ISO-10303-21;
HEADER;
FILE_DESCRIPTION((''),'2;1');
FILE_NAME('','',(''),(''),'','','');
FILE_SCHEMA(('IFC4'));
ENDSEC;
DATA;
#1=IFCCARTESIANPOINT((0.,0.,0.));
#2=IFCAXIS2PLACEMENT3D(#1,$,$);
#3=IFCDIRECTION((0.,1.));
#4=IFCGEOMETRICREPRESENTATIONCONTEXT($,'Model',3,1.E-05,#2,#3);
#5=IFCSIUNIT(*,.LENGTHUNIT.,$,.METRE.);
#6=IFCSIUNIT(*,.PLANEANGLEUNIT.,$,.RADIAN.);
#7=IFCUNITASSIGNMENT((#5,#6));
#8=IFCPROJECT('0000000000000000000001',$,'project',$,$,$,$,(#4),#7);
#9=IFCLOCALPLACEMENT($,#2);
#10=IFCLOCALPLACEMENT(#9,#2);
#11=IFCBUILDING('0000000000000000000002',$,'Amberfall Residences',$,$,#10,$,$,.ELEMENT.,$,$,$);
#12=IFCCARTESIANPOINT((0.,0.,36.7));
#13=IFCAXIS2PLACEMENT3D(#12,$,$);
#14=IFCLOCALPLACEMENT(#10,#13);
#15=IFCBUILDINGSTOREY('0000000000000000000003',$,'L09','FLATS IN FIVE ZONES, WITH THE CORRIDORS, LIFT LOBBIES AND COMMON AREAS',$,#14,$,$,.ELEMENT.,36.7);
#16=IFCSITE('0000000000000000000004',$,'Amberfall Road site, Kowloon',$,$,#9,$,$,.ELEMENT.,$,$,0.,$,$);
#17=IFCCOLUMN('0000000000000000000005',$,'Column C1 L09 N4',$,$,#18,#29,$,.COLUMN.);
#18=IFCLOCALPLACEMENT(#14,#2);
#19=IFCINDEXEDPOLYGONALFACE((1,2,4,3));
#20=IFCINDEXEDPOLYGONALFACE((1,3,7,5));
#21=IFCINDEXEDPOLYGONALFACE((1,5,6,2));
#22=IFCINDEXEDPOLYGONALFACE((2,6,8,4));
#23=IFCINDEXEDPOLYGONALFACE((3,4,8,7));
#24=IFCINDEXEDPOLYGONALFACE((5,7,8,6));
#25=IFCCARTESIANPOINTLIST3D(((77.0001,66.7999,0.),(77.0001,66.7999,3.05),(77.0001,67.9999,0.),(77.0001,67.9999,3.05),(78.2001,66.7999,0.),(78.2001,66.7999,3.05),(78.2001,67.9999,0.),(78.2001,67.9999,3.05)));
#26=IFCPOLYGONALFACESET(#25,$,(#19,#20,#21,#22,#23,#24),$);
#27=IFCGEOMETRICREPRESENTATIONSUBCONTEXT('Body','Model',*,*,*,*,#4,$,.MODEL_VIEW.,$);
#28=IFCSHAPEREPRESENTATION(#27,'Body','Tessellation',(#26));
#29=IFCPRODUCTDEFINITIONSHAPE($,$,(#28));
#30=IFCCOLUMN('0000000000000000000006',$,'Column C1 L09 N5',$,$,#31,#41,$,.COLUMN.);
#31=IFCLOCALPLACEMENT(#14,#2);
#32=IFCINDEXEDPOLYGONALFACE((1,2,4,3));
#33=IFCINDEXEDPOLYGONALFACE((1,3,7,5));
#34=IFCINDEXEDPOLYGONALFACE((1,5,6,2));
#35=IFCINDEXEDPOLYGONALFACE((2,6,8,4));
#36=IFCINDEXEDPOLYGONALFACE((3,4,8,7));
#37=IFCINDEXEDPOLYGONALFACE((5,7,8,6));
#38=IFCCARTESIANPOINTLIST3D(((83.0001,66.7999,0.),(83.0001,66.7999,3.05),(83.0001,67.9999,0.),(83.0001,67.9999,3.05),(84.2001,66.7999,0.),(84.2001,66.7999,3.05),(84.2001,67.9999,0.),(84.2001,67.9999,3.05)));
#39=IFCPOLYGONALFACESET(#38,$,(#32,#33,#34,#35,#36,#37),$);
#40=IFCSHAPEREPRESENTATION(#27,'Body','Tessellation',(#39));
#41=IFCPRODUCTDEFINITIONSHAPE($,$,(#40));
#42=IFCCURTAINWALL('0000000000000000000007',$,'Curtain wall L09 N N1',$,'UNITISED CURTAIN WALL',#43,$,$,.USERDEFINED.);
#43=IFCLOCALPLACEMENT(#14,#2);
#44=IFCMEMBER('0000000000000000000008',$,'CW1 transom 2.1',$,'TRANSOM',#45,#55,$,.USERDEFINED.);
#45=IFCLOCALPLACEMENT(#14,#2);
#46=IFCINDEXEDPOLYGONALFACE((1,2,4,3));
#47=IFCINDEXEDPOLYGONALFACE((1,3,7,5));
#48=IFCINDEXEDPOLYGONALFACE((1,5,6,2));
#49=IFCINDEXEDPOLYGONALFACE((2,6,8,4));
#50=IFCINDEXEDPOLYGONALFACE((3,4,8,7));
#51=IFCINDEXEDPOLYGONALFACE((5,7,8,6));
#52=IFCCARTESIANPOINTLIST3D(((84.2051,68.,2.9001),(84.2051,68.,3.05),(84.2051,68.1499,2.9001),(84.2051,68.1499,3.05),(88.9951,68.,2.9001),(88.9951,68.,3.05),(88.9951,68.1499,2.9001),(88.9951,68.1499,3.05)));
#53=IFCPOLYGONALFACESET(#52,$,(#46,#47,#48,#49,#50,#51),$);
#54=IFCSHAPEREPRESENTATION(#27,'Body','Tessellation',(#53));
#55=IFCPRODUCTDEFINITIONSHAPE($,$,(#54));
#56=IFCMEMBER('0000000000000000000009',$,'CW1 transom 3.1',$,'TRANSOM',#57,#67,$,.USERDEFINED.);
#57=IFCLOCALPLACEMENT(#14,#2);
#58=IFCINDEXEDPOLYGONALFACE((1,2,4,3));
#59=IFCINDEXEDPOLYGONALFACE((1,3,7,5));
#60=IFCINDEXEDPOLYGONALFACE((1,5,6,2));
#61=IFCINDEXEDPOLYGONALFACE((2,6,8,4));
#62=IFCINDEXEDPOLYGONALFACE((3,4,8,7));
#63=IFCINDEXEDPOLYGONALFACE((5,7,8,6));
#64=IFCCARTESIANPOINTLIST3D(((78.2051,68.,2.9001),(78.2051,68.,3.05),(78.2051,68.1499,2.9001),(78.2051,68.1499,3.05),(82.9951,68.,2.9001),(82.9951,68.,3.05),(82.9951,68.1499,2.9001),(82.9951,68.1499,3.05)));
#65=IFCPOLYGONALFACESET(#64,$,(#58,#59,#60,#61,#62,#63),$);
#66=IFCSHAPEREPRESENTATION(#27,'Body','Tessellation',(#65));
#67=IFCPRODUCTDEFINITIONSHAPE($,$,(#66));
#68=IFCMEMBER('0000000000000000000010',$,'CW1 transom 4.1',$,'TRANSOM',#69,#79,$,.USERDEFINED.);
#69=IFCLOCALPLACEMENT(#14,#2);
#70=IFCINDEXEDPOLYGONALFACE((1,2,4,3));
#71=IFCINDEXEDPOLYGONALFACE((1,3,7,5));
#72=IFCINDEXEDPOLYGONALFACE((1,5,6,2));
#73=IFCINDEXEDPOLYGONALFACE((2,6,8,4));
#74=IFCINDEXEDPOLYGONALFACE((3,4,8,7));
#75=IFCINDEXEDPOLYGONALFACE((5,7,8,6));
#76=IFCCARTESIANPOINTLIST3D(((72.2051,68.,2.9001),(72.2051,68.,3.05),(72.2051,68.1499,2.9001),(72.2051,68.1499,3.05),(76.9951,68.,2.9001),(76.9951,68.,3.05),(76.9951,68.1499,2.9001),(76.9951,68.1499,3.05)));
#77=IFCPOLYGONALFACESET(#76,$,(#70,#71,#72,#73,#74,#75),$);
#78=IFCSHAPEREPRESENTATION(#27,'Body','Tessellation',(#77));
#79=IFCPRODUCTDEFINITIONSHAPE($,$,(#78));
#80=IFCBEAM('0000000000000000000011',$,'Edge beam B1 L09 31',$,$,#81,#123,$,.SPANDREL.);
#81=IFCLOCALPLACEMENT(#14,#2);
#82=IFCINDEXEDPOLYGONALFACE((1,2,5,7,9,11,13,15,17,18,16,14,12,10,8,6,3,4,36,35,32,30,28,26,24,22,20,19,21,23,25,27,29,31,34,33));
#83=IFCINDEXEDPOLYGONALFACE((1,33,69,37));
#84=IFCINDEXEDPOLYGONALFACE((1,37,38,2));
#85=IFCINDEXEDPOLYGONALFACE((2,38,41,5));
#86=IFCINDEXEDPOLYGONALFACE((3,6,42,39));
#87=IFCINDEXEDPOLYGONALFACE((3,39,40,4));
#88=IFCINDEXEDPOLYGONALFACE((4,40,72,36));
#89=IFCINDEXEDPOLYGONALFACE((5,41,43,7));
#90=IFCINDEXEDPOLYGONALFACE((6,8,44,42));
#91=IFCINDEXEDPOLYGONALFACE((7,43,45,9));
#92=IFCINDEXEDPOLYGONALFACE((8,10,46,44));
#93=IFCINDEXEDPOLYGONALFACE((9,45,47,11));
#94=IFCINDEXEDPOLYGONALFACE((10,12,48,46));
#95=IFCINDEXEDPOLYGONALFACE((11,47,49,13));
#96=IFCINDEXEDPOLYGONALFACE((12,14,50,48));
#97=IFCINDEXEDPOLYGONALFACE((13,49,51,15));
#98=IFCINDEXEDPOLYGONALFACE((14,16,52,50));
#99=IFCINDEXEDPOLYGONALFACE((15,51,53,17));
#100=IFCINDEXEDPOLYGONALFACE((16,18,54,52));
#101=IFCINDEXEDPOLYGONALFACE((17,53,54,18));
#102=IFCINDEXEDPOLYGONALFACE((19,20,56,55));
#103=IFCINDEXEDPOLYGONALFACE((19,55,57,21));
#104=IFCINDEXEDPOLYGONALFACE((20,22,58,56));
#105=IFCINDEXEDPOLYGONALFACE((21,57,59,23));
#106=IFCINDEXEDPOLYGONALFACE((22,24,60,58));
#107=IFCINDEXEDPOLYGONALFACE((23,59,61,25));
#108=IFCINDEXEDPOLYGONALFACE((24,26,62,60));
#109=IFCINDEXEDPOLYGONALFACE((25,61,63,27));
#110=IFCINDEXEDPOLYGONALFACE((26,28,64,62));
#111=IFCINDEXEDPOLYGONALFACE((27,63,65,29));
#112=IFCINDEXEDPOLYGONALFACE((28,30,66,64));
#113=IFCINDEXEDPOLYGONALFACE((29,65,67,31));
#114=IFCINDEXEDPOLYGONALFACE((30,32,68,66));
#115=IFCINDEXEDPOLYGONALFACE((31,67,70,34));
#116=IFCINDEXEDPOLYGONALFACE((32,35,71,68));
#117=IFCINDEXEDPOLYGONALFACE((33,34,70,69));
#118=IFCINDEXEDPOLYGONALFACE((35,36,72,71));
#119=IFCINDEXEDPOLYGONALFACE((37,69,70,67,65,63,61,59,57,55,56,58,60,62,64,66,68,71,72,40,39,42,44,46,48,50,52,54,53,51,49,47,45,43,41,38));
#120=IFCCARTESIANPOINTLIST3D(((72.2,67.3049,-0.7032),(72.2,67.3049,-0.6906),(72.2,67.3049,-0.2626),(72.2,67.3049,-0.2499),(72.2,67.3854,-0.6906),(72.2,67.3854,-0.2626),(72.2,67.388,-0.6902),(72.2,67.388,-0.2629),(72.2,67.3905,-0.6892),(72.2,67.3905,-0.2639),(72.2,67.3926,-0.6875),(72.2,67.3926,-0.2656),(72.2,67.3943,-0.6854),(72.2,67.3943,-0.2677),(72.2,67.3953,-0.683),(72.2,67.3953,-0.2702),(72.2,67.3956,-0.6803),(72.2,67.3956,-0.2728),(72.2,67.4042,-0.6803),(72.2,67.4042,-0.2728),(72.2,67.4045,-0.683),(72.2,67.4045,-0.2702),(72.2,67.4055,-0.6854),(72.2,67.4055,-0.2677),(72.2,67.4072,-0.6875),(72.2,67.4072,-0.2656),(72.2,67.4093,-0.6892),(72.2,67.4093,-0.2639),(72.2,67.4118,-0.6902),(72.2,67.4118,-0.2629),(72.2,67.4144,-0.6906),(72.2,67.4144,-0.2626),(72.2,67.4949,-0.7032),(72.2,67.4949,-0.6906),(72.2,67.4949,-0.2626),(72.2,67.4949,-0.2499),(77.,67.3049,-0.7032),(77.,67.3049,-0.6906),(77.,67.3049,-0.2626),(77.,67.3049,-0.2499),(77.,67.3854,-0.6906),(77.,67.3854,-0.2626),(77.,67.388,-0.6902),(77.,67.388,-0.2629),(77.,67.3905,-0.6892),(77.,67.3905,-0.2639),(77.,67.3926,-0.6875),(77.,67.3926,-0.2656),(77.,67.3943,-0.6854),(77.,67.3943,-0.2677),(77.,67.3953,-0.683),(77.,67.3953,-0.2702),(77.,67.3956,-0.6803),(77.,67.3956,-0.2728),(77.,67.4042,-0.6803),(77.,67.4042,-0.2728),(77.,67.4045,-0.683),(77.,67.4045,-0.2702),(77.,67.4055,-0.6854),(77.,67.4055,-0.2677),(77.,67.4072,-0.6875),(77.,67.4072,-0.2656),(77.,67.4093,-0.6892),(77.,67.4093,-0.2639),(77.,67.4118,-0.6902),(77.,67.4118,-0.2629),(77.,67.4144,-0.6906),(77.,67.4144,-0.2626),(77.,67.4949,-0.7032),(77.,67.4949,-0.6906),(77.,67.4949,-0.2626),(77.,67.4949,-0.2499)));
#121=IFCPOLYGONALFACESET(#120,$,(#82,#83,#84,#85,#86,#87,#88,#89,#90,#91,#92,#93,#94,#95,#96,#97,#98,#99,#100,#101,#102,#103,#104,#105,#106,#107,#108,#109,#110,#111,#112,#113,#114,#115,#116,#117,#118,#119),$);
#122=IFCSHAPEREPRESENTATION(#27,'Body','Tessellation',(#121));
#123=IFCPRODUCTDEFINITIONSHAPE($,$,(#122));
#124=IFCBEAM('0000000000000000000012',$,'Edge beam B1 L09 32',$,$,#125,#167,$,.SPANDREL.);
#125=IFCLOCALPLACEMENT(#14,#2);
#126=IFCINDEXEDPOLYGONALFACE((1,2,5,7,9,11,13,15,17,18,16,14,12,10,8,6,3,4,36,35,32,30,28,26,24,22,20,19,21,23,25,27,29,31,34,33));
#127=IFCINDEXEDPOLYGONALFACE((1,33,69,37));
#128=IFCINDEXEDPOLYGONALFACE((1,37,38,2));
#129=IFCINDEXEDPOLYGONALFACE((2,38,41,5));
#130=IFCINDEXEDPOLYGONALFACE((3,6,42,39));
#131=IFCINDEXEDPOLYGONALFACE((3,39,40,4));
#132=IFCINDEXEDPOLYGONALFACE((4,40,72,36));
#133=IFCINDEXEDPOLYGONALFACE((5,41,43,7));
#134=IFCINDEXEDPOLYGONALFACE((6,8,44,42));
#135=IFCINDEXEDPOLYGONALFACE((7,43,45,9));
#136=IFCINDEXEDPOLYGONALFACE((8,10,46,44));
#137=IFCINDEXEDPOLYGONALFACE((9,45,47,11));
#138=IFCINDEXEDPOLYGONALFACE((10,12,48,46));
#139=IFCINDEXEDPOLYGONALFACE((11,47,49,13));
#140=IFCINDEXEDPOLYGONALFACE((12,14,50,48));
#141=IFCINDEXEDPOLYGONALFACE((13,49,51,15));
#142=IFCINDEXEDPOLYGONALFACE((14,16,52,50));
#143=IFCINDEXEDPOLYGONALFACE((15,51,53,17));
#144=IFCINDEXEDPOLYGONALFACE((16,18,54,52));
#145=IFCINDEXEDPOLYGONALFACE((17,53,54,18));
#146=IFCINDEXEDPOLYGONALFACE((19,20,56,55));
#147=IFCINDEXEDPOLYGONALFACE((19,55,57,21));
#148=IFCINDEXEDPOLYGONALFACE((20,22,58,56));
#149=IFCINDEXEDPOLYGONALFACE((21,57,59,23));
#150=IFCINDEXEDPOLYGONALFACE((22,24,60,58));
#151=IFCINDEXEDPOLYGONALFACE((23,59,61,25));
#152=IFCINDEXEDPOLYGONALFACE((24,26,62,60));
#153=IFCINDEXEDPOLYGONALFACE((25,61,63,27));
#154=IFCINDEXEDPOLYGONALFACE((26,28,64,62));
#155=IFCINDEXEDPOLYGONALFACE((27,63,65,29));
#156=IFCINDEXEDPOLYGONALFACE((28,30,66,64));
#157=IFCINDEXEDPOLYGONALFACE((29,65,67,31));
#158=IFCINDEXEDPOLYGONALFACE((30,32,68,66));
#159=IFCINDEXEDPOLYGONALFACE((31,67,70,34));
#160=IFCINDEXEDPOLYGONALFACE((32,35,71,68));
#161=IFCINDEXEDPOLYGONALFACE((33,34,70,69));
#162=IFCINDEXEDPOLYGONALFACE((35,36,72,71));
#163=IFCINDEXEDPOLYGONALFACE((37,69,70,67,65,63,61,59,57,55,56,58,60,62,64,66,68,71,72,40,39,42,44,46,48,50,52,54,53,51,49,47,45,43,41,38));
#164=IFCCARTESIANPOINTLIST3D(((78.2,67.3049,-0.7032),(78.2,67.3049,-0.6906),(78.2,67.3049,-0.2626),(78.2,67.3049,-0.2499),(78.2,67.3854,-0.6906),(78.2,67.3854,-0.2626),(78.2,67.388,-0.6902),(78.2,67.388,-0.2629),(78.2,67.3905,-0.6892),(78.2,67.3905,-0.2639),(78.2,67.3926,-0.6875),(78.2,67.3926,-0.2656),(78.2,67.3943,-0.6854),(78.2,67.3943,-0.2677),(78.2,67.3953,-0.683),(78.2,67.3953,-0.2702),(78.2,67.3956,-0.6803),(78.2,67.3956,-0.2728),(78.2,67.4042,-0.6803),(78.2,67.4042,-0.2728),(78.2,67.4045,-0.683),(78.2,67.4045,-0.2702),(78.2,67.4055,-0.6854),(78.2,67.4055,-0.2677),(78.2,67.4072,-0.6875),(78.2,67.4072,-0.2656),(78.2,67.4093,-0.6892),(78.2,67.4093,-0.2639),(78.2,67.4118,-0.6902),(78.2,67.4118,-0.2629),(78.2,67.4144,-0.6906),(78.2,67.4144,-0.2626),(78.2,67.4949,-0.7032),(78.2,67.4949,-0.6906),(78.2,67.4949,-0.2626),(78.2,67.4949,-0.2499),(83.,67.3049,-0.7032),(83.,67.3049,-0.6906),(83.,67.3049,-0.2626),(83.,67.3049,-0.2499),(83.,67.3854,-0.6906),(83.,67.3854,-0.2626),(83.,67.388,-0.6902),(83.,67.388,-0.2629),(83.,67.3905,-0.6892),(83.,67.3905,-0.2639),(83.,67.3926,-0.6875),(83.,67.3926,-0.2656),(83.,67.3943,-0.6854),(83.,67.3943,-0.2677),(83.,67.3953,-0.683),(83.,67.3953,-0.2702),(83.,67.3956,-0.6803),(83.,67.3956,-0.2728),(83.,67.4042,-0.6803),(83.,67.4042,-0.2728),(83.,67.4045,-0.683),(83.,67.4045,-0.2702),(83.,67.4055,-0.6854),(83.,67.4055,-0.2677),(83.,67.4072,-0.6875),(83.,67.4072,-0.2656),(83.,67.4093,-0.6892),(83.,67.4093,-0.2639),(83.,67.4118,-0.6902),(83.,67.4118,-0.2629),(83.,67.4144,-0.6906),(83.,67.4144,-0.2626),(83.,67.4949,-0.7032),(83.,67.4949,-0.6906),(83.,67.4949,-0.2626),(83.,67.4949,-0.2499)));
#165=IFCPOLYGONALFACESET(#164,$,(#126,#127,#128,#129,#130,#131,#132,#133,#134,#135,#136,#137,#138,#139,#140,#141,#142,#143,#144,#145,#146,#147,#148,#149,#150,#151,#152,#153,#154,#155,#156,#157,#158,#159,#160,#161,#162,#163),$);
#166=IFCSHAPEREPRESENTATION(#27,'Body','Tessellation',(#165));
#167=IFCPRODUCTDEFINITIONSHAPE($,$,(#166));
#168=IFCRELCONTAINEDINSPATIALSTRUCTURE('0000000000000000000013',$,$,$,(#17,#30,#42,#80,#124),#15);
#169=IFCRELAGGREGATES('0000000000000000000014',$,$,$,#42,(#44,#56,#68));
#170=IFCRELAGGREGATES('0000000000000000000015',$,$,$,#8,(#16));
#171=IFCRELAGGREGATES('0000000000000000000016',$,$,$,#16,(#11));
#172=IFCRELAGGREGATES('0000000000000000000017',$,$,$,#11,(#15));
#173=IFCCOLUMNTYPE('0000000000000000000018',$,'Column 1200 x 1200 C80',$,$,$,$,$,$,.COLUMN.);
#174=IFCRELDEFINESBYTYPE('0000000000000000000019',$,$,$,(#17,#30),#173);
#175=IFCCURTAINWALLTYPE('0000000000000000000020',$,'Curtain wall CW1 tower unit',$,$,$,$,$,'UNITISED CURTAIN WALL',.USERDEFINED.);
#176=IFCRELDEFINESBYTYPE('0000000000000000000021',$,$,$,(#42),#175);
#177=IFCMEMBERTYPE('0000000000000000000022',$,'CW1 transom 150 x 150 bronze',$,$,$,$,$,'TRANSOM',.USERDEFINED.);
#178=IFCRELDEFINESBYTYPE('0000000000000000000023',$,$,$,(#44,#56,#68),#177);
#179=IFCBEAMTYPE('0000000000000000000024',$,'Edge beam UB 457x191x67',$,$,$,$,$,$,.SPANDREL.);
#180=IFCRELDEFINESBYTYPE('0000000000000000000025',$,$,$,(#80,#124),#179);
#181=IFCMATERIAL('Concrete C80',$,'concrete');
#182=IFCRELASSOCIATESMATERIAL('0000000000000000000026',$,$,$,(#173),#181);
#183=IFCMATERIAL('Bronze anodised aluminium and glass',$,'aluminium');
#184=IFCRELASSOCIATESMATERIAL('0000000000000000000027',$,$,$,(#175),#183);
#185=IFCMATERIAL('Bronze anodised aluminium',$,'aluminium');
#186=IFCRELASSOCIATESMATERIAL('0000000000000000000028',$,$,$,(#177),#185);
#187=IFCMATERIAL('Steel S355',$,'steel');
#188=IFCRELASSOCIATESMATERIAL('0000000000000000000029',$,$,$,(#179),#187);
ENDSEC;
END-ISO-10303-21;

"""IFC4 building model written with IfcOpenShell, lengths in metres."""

from ifc_helpers import new_model, si_unit, direction, frame, origin, origin_2d, place, context, subcontext, project, spatial, rectangle, i_section, extrude, material, material_profile, profile_set, type_object, element, aggregate, save


model = new_model("IFC4")

# Units and contexts
model_context = context("Model", 3, precision=1e-05, world=origin(), true_north=direction((0.0, 1.0)))
body_context = subcontext(model_context, "Body", "Model", "MODEL_VIEW")
ifc_project = project(units=[si_unit("LENGTHUNIT", "METRE"), si_unit("PLANEANGLEUNIT", "RADIAN")], contexts=[model_context])

# Site, building, storey
site_placement = place(None, origin())
site = spatial("IfcSite", under=ifc_project, at=site_placement, Name="Amberfall Road site, Kowloon", CompositionType="ELEMENT", RefElevation=0.0)
building_placement = place(site_placement, origin())
building = spatial("IfcBuilding", under=site, at=building_placement, Name="Amberfall Residences", CompositionType="ELEMENT")
storey_placement = place(building_placement, frame((0.0, 0.0, 36.7)))
storey = spatial("IfcBuildingStorey", under=building, at=storey_placement, Name="L09", Description="FLATS IN FIVE ZONES, WITH THE CORRIDORS, LIFT LOBBIES AND COMMON AREAS", CompositionType="ELEMENT", Elevation=36.7)

# Columns
ifc_material_1 = material(Name="Concrete C80", Category="concrete")
ifc_material_profile_1 = material_profile(ifc_material_1, rectangle(XDim=1.2, YDim=1.2, at=origin_2d()), Name="Column 1200 x 1200 C80")
ifc_profile_set_1 = profile_set([ifc_material_profile_1], Name="Concrete C80")
column_type = type_object("IfcColumnType", Name="Column 1200 x 1200 C80", PredefinedType="COLUMN", material=ifc_profile_set_1)
for number, where, z_axis, x_axis, name in (
    (1, (77.6001, 67.3999, 0.0), (0.0, 0.0, 1.0), (1.0, 0.0, 0.0), "Column C1 L09 N4"),
    (2, (83.6001, 67.3999, 0.0), (0.0, 0.0, 1.0), (1.0, 0.0, 0.0), "Column C1 L09 N5"),
):
    element("IfcColumn", number, at=place(storey_placement, frame(where, z_axis=z_axis, x_axis=x_axis)), inside=storey, type_object=column_type, Name=name, PredefinedType="COLUMN", context=body_context, shape_type="SweptSolid", body=[
        extrude(rectangle(XDim=1.2, YDim=1.2, at=origin_2d()), origin(), (0.0, 0.0, 1.0), 3.05),
    ])

# Curtain wall, members
ifc_material_2 = material(Name="Bronze anodised aluminium and glass", Category="aluminium")
curtain_wall_type = type_object("IfcCurtainWallType", Name="Curtain wall CW1 tower unit", ElementType="UNITISED CURTAIN WALL", PredefinedType="USERDEFINED", material=ifc_material_2)
curtain_wall_placement = place(storey_placement, origin())
curtain_wall = element("IfcCurtainWall", 3, at=curtain_wall_placement, inside=storey, type_object=curtain_wall_type, Name="Curtain wall L09 N N1", ObjectType="UNITISED CURTAIN WALL", PredefinedType="USERDEFINED")
ifc_material_3 = material(Name="Bronze anodised aluminium", Category="aluminium")
ifc_material_profile_2 = material_profile(ifc_material_3, rectangle(XDim=0.1499, YDim=0.1499, at=origin_2d()), Name="CW1 transom 150 x 150 bronze")
ifc_profile_set_2 = profile_set([ifc_material_profile_2], Name="Bronze anodised aluminium")
member_type_1 = type_object("IfcMemberType", Name="CW1 transom 150 x 150 bronze", ElementType="TRANSOM", PredefinedType="USERDEFINED", material=ifc_profile_set_2)
member_1_placement = place(storey_placement, frame((88.9951, 68.075, 2.9751), z_axis=(-1.0, 0.0, 0.0), x_axis=(0.0, -1.0, 0.0)))
member_1 = element("IfcMember", 4, at=member_1_placement, type_object=member_type_1, Name="CW1 transom 2.1", ObjectType="TRANSOM", PredefinedType="USERDEFINED", context=body_context, shape_type="SweptSolid", body=[
    extrude(rectangle(XDim=0.1499, YDim=0.1499, at=origin_2d()), origin(), (0.0, 0.0, 1.0), 4.79),
])
member_2_placement = place(storey_placement, frame((82.9951, 68.075, 2.9751), z_axis=(-1.0, 0.0, 0.0), x_axis=(0.0, -1.0, 0.0)))
member_2 = element("IfcMember", 5, at=member_2_placement, type_object=member_type_1, Name="CW1 transom 3.1", ObjectType="TRANSOM", PredefinedType="USERDEFINED", context=body_context, shape_type="SweptSolid", body=[
    extrude(rectangle(XDim=0.1499, YDim=0.1499, at=origin_2d()), origin(), (0.0, 0.0, 1.0), 4.79),
])
member_3_placement = place(storey_placement, frame((76.9951, 68.075, 2.9751), z_axis=(-1.0, 0.0, 0.0), x_axis=(0.0, -1.0, 0.0)))
member_3 = element("IfcMember", 6, at=member_3_placement, type_object=member_type_1, Name="CW1 transom 4.1", ObjectType="TRANSOM", PredefinedType="USERDEFINED", context=body_context, shape_type="SweptSolid", body=[
    extrude(rectangle(XDim=0.1499, YDim=0.1499, at=origin_2d()), origin(), (0.0, 0.0, 1.0), 4.79),
])

# Beams
ifc_material_4 = material(Name="Steel S355", Category="steel")
ifc_material_profile_3 = material_profile(ifc_material_4, i_section(OverallWidth=0.1899, OverallDepth=0.4534, WebThickness=0.0085, FlangeThickness=0.0127, FilletRadius=0.0103, at=origin_2d()), Name="UB 457x191x67")
ifc_profile_set_3 = profile_set([ifc_material_profile_3], Name="Steel S355")
beam_type_1 = type_object("IfcBeamType", Name="Edge beam UB 457x191x67", PredefinedType="SPANDREL", material=ifc_profile_set_3)
for number, where, z_axis, x_axis, name in (
    (7, (72.2, 67.3999, -0.4766), (1.0, 0.0, 0.0), (0.0, 1.0, 0.0), "Edge beam B1 L09 31"),
    (8, (78.2, 67.3999, -0.4766), (1.0, 0.0, 0.0), (0.0, 1.0, 0.0), "Edge beam B1 L09 32"),
):
    element("IfcBeam", number, at=place(storey_placement, frame(where, z_axis=z_axis, x_axis=x_axis)), inside=storey, type_object=beam_type_1, Name=name, PredefinedType="SPANDREL", context=body_context, shape_type="SweptSolid", body=[
        extrude(i_section(OverallWidth=0.1899, OverallDepth=0.4534, WebThickness=0.0085, FlangeThickness=0.0127, FilletRadius=0.0103, at=origin_2d()), origin(), (0.0, 0.0, 1.0), 4.8),
    ])

aggregate(curtain_wall, [member_1, member_2, member_3])

save(model, "model.ifc")
